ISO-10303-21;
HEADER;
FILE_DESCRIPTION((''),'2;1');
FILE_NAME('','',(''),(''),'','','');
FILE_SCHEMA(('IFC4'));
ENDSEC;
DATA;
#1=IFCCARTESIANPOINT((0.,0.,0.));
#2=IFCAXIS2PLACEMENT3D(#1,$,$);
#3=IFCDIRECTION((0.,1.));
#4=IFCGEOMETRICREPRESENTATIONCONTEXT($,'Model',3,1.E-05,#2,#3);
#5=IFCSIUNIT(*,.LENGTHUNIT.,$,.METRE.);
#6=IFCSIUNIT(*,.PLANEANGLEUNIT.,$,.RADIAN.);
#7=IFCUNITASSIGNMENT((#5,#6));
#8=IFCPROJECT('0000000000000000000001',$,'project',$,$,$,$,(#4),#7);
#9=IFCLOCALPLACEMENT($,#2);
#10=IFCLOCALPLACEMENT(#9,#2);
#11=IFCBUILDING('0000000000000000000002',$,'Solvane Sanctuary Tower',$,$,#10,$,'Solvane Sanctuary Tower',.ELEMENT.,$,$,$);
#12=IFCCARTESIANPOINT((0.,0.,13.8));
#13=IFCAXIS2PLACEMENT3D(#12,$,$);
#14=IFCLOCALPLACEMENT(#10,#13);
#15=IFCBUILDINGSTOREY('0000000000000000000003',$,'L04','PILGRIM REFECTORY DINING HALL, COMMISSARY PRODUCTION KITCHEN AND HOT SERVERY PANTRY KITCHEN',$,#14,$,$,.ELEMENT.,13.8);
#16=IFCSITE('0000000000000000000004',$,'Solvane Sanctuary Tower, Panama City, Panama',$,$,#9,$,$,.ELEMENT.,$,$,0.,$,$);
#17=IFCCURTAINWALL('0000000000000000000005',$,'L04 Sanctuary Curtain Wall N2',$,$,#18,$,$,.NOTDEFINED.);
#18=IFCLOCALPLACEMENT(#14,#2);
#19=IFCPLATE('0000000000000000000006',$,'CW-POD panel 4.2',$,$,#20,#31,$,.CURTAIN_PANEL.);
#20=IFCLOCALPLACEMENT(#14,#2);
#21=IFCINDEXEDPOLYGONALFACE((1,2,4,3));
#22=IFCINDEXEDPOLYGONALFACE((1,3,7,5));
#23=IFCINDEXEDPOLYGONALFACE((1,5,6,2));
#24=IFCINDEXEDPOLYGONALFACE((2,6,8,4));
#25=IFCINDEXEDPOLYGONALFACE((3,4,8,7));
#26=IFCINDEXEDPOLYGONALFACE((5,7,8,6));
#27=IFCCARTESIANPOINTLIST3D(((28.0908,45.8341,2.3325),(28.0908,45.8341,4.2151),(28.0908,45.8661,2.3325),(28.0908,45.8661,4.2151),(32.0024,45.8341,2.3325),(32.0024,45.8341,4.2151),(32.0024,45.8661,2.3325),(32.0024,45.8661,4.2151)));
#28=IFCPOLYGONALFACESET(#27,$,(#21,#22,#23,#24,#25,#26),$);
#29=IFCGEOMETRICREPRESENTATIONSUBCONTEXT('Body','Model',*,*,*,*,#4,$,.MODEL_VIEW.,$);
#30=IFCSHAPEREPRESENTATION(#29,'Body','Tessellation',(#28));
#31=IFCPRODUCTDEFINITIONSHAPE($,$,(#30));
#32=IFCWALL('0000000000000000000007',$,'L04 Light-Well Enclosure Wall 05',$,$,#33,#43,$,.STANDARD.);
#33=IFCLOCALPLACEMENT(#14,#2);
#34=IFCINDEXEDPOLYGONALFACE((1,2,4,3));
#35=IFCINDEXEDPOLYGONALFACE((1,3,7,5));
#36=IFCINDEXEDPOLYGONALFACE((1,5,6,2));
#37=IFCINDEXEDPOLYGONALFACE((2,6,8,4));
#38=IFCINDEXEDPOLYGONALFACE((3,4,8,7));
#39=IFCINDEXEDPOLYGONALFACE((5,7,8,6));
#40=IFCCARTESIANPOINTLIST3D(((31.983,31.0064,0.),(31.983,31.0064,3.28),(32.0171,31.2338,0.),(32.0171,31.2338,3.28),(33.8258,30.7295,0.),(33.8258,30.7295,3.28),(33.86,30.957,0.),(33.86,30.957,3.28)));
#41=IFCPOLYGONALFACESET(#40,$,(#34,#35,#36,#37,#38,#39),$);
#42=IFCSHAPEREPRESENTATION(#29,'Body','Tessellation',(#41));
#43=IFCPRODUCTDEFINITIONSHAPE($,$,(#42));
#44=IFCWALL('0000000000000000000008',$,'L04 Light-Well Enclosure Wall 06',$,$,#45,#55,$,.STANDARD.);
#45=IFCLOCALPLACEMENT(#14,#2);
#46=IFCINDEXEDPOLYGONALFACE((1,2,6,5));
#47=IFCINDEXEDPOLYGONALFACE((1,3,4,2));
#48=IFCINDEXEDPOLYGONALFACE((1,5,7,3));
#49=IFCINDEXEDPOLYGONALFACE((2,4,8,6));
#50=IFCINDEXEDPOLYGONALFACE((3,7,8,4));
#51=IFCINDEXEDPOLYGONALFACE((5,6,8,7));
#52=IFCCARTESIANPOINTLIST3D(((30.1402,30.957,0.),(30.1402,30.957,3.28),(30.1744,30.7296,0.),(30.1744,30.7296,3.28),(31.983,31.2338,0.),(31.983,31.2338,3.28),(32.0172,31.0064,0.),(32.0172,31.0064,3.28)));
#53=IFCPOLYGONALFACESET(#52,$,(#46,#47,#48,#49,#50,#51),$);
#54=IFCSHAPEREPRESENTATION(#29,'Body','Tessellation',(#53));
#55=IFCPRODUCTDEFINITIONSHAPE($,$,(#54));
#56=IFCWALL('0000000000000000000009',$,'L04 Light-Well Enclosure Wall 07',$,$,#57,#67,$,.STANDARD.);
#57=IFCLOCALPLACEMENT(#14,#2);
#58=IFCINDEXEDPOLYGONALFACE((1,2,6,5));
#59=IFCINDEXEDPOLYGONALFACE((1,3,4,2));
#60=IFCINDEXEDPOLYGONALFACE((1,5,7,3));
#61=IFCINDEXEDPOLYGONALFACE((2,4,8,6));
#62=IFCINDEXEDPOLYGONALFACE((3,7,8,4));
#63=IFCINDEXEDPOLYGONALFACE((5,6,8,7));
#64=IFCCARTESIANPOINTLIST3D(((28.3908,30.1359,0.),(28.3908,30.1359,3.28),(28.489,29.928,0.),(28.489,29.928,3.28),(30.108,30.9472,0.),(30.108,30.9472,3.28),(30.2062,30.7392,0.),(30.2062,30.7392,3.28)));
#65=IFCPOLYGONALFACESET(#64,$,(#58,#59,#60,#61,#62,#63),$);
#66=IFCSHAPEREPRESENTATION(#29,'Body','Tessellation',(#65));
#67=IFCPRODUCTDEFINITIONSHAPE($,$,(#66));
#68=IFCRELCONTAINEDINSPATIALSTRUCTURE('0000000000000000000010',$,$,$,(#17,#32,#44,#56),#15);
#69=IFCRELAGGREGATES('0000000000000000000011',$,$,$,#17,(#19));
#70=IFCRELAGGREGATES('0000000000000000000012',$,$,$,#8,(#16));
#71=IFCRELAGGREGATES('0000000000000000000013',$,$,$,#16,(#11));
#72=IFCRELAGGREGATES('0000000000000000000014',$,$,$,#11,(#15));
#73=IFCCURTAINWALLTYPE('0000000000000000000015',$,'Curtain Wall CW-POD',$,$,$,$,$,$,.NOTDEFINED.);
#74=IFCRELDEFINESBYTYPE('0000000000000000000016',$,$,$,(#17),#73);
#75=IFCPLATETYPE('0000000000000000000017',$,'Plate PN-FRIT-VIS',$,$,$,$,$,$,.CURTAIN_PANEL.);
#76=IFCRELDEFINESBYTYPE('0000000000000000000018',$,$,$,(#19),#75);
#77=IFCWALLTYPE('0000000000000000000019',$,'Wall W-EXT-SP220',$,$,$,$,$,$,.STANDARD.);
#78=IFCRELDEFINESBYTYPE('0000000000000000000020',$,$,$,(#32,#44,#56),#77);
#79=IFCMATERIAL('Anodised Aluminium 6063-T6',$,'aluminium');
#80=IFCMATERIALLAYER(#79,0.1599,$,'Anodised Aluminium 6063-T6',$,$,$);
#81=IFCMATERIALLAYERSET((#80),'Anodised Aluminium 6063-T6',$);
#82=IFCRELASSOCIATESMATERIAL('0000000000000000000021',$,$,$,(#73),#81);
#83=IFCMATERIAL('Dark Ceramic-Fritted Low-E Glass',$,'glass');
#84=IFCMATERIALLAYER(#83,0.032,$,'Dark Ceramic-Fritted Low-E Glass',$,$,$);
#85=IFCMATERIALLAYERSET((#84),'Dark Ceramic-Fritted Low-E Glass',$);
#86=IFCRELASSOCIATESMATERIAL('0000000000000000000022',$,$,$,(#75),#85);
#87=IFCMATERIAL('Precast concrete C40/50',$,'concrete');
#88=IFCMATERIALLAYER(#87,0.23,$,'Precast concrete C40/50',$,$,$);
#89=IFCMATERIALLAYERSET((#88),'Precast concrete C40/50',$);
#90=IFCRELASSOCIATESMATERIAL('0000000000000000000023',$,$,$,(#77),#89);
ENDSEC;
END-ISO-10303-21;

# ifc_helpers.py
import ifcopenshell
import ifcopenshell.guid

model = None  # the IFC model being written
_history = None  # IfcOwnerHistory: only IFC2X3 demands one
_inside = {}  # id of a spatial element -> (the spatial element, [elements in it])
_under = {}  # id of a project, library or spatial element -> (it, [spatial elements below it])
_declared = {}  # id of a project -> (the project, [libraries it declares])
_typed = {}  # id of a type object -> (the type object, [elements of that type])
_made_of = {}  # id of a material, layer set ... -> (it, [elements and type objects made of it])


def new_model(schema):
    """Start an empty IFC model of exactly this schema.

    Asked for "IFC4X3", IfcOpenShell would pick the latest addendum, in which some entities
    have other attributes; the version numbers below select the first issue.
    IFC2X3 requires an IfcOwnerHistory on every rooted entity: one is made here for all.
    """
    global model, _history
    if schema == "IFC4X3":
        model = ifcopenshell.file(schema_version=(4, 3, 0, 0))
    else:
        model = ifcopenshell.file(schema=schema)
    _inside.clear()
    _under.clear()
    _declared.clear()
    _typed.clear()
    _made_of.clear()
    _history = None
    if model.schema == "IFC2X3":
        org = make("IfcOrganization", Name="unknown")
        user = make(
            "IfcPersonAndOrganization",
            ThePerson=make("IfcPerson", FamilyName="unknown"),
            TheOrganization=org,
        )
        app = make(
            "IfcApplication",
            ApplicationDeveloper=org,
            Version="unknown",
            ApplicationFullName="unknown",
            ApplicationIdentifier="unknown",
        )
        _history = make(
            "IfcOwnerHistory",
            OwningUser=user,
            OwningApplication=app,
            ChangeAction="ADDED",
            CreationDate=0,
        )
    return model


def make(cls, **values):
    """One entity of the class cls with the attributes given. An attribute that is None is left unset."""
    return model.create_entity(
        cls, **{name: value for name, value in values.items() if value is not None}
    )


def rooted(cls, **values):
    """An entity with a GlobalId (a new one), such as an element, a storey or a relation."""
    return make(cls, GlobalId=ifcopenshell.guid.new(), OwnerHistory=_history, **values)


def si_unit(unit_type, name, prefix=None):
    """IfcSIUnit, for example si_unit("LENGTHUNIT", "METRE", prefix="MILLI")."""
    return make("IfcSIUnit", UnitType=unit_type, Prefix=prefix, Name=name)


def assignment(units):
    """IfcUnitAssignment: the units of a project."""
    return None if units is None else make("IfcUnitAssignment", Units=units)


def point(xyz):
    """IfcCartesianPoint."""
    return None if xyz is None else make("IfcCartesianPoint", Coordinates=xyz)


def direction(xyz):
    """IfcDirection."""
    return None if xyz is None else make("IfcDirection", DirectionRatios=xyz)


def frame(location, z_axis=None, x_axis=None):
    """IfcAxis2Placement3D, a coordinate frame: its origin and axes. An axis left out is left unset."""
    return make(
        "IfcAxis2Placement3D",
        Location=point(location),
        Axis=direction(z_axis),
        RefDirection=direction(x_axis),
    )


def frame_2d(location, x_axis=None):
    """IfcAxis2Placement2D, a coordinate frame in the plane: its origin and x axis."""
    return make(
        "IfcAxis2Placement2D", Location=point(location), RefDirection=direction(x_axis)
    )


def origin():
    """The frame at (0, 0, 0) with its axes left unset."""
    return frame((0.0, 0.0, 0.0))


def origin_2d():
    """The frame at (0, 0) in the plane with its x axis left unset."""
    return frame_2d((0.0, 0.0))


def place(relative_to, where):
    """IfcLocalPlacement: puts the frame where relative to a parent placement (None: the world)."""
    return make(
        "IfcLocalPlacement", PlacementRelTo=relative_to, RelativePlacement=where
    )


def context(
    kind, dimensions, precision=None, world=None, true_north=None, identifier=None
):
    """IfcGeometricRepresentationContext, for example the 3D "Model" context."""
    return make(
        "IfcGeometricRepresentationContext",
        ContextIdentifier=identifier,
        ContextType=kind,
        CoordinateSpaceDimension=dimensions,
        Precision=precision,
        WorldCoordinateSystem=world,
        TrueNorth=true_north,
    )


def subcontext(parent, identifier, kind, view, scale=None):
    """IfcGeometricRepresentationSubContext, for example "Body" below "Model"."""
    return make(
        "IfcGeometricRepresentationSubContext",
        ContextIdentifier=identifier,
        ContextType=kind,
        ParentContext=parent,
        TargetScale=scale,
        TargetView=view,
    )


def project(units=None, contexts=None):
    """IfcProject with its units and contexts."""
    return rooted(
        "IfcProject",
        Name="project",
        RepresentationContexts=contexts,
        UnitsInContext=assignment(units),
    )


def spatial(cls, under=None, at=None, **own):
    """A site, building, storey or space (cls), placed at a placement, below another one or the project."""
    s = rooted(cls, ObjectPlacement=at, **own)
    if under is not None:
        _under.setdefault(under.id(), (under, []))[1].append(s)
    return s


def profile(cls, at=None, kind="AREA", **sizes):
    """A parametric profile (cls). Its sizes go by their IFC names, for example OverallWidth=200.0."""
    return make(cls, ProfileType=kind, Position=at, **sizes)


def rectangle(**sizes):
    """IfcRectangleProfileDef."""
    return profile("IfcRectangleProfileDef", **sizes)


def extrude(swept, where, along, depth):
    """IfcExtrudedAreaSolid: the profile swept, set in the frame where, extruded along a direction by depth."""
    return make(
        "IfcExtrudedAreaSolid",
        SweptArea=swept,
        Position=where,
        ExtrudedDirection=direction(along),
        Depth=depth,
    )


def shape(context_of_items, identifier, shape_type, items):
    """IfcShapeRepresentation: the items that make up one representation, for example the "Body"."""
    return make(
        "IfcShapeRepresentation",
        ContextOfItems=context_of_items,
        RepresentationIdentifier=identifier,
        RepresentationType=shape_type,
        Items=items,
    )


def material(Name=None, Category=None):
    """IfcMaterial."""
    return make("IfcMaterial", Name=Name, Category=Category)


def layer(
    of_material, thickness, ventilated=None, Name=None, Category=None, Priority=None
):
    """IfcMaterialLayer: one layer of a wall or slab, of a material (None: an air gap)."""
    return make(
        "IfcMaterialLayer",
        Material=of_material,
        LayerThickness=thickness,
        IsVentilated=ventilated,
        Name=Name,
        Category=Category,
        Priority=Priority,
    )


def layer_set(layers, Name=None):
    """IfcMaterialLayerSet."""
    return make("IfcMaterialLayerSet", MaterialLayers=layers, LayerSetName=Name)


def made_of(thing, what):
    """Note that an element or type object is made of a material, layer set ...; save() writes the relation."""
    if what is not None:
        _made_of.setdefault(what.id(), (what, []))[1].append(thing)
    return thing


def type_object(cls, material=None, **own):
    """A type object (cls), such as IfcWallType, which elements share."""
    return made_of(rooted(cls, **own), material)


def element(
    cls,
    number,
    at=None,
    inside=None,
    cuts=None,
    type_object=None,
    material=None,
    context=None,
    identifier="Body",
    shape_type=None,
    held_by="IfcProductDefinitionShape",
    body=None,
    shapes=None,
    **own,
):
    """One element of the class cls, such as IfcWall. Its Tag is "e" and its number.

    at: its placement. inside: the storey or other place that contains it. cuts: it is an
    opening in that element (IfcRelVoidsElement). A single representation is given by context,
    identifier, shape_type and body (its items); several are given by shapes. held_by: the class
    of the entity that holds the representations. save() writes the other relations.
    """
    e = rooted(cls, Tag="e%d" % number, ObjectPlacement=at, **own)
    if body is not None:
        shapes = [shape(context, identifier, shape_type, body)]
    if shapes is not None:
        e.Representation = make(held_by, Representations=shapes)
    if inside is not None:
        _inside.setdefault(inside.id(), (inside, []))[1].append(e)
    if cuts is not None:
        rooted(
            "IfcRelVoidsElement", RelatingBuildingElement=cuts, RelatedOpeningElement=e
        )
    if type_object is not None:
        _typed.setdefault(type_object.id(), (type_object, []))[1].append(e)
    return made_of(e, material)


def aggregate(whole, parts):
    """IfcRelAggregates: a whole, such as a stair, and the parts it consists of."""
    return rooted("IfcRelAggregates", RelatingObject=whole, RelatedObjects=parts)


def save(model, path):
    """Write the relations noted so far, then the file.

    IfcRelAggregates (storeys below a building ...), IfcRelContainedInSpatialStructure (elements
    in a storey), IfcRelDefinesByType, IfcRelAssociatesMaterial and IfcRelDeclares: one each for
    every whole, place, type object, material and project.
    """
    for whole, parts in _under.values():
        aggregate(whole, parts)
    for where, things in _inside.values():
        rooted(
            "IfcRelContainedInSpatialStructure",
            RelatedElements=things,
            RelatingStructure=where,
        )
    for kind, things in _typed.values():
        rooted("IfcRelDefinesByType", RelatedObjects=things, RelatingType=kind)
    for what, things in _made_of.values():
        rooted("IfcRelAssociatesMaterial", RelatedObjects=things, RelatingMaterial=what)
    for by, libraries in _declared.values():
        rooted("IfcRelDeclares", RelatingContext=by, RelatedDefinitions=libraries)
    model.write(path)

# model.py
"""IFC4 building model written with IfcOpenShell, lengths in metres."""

from ifc_helpers import new_model, si_unit, direction, frame, frame_2d, origin, origin_2d, place, context, subcontext, project, spatial, rectangle, extrude, material, layer, layer_set, type_object, element, aggregate, save


model = new_model("IFC4")

# Units and contexts
model_context = context("Model", 3, precision=1e-05, world=origin(), true_north=direction((0.0, 1.0)))
body_context = subcontext(model_context, "Body", "Model", "MODEL_VIEW")
ifc_project = project(units=[si_unit("LENGTHUNIT", "METRE"), si_unit("PLANEANGLEUNIT", "RADIAN")], contexts=[model_context])

# Site, building, storey
site_placement = place(None, origin())
site = spatial("IfcSite", under=ifc_project, at=site_placement, Name="Solvane Sanctuary Tower, Panama City, Panama", CompositionType="ELEMENT", RefElevation=0.0)
building_placement = place(site_placement, origin())
building = spatial("IfcBuilding", under=site, at=building_placement, Name="Solvane Sanctuary Tower", LongName="Solvane Sanctuary Tower", CompositionType="ELEMENT")
storey_placement = place(building_placement, frame((0.0, 0.0, 13.8)))
storey = spatial("IfcBuildingStorey", under=building, at=storey_placement, Name="L04", Description="PILGRIM REFECTORY DINING HALL, COMMISSARY PRODUCTION KITCHEN AND HOT SERVERY PANTRY KITCHEN", CompositionType="ELEMENT", Elevation=13.8)

# Curtain wall, plate
ifc_material_1 = material(Name="Anodised Aluminium 6063-T6", Category="aluminium")
ifc_layer_1 = layer(ifc_material_1, 0.1599, Name="Anodised Aluminium 6063-T6")
ifc_layer_set_1 = layer_set([ifc_layer_1], Name="Anodised Aluminium 6063-T6")
curtain_wall_type = type_object("IfcCurtainWallType", Name="Curtain Wall CW-POD", PredefinedType="NOTDEFINED", material=ifc_layer_set_1)
curtain_wall_placement = place(storey_placement, origin())
curtain_wall = element("IfcCurtainWall", 1, at=curtain_wall_placement, inside=storey, type_object=curtain_wall_type, Name="L04 Sanctuary Curtain Wall N2", PredefinedType="NOTDEFINED")
ifc_material_2 = material(Name="Dark Ceramic-Fritted Low-E Glass", Category="glass")
ifc_layer_2 = layer(ifc_material_2, 0.032, Name="Dark Ceramic-Fritted Low-E Glass")
ifc_layer_set_2 = layer_set([ifc_layer_2], Name="Dark Ceramic-Fritted Low-E Glass")
plate_type = type_object("IfcPlateType", Name="Plate PN-FRIT-VIS", PredefinedType="CURTAIN_PANEL", material=ifc_layer_set_2)
plate_1_placement = place(storey_placement, frame((30.0466, 45.8501, 2.3325), z_axis=(0.0, 0.0, 1.0), x_axis=(-1.0, 0.0, 0.0)))
plate_1 = element("IfcPlate", 2, at=plate_1_placement, type_object=plate_type, Name="CW-POD panel 4.2", PredefinedType="CURTAIN_PANEL", context=body_context, shape_type="SweptSolid", body=[
    extrude(rectangle(XDim=3.9116, YDim=0.032, at=origin_2d()), origin(), (0.0, 0.0, 1.0), 1.8826),
])
aggregate(curtain_wall, [plate_1])

# Walls
ifc_material_3 = material(Name="Precast concrete C40/50", Category="concrete")
ifc_layer_3 = layer(ifc_material_3, 0.23, Name="Precast concrete C40/50")
ifc_layer_set_3 = layer_set([ifc_layer_3], Name="Precast concrete C40/50")
wall_type = type_object("IfcWallType", Name="Wall W-EXT-SP220", PredefinedType="STANDARD", material=ifc_layer_set_3)
for number, where, z_axis, x_axis, name in (
    (3, (33.8428, 30.8433, 0.0), (0.0, 0.0, 1.0), (-0.988902, 0.148571, 0.0), "L04 Light-Well Enclosure Wall 05"),
    (4, (32.0, 31.1201, 0.0), (0.0, 0.0, 1.0), (-0.988902, -0.148571, 0.0), "L04 Light-Well Enclosure Wall 06"),
):
    element("IfcWall", number, at=place(storey_placement, frame(where, z_axis=z_axis, x_axis=x_axis)), inside=storey, type_object=wall_type, Name=name, PredefinedType="STANDARD", context=body_context, shape_type="SweptSolid", body=[
        extrude(rectangle(XDim=1.8635, YDim=0.23, at=frame_2d((0.9316, 0.0))), origin(), (0.0, 0.0, 1.0), 3.28),
    ])
wall_placement = place(storey_placement, frame((30.1572, 30.8433, 0.0), z_axis=(0.0, 0.0, 1.0), x_axis=(-0.90418, -0.427152, 0.0)))
element("IfcWall", 5, at=wall_placement, inside=storey, type_object=wall_type, Name="L04 Light-Well Enclosure Wall 07", PredefinedType="STANDARD", context=body_context, shape_type="SweptSolid", body=[
    extrude(rectangle(XDim=1.8992, YDim=0.23, at=frame_2d((0.9497, 0.0))), origin(), (0.0, 0.0, 1.0), 3.28),
])

save(model, "model.ifc")
